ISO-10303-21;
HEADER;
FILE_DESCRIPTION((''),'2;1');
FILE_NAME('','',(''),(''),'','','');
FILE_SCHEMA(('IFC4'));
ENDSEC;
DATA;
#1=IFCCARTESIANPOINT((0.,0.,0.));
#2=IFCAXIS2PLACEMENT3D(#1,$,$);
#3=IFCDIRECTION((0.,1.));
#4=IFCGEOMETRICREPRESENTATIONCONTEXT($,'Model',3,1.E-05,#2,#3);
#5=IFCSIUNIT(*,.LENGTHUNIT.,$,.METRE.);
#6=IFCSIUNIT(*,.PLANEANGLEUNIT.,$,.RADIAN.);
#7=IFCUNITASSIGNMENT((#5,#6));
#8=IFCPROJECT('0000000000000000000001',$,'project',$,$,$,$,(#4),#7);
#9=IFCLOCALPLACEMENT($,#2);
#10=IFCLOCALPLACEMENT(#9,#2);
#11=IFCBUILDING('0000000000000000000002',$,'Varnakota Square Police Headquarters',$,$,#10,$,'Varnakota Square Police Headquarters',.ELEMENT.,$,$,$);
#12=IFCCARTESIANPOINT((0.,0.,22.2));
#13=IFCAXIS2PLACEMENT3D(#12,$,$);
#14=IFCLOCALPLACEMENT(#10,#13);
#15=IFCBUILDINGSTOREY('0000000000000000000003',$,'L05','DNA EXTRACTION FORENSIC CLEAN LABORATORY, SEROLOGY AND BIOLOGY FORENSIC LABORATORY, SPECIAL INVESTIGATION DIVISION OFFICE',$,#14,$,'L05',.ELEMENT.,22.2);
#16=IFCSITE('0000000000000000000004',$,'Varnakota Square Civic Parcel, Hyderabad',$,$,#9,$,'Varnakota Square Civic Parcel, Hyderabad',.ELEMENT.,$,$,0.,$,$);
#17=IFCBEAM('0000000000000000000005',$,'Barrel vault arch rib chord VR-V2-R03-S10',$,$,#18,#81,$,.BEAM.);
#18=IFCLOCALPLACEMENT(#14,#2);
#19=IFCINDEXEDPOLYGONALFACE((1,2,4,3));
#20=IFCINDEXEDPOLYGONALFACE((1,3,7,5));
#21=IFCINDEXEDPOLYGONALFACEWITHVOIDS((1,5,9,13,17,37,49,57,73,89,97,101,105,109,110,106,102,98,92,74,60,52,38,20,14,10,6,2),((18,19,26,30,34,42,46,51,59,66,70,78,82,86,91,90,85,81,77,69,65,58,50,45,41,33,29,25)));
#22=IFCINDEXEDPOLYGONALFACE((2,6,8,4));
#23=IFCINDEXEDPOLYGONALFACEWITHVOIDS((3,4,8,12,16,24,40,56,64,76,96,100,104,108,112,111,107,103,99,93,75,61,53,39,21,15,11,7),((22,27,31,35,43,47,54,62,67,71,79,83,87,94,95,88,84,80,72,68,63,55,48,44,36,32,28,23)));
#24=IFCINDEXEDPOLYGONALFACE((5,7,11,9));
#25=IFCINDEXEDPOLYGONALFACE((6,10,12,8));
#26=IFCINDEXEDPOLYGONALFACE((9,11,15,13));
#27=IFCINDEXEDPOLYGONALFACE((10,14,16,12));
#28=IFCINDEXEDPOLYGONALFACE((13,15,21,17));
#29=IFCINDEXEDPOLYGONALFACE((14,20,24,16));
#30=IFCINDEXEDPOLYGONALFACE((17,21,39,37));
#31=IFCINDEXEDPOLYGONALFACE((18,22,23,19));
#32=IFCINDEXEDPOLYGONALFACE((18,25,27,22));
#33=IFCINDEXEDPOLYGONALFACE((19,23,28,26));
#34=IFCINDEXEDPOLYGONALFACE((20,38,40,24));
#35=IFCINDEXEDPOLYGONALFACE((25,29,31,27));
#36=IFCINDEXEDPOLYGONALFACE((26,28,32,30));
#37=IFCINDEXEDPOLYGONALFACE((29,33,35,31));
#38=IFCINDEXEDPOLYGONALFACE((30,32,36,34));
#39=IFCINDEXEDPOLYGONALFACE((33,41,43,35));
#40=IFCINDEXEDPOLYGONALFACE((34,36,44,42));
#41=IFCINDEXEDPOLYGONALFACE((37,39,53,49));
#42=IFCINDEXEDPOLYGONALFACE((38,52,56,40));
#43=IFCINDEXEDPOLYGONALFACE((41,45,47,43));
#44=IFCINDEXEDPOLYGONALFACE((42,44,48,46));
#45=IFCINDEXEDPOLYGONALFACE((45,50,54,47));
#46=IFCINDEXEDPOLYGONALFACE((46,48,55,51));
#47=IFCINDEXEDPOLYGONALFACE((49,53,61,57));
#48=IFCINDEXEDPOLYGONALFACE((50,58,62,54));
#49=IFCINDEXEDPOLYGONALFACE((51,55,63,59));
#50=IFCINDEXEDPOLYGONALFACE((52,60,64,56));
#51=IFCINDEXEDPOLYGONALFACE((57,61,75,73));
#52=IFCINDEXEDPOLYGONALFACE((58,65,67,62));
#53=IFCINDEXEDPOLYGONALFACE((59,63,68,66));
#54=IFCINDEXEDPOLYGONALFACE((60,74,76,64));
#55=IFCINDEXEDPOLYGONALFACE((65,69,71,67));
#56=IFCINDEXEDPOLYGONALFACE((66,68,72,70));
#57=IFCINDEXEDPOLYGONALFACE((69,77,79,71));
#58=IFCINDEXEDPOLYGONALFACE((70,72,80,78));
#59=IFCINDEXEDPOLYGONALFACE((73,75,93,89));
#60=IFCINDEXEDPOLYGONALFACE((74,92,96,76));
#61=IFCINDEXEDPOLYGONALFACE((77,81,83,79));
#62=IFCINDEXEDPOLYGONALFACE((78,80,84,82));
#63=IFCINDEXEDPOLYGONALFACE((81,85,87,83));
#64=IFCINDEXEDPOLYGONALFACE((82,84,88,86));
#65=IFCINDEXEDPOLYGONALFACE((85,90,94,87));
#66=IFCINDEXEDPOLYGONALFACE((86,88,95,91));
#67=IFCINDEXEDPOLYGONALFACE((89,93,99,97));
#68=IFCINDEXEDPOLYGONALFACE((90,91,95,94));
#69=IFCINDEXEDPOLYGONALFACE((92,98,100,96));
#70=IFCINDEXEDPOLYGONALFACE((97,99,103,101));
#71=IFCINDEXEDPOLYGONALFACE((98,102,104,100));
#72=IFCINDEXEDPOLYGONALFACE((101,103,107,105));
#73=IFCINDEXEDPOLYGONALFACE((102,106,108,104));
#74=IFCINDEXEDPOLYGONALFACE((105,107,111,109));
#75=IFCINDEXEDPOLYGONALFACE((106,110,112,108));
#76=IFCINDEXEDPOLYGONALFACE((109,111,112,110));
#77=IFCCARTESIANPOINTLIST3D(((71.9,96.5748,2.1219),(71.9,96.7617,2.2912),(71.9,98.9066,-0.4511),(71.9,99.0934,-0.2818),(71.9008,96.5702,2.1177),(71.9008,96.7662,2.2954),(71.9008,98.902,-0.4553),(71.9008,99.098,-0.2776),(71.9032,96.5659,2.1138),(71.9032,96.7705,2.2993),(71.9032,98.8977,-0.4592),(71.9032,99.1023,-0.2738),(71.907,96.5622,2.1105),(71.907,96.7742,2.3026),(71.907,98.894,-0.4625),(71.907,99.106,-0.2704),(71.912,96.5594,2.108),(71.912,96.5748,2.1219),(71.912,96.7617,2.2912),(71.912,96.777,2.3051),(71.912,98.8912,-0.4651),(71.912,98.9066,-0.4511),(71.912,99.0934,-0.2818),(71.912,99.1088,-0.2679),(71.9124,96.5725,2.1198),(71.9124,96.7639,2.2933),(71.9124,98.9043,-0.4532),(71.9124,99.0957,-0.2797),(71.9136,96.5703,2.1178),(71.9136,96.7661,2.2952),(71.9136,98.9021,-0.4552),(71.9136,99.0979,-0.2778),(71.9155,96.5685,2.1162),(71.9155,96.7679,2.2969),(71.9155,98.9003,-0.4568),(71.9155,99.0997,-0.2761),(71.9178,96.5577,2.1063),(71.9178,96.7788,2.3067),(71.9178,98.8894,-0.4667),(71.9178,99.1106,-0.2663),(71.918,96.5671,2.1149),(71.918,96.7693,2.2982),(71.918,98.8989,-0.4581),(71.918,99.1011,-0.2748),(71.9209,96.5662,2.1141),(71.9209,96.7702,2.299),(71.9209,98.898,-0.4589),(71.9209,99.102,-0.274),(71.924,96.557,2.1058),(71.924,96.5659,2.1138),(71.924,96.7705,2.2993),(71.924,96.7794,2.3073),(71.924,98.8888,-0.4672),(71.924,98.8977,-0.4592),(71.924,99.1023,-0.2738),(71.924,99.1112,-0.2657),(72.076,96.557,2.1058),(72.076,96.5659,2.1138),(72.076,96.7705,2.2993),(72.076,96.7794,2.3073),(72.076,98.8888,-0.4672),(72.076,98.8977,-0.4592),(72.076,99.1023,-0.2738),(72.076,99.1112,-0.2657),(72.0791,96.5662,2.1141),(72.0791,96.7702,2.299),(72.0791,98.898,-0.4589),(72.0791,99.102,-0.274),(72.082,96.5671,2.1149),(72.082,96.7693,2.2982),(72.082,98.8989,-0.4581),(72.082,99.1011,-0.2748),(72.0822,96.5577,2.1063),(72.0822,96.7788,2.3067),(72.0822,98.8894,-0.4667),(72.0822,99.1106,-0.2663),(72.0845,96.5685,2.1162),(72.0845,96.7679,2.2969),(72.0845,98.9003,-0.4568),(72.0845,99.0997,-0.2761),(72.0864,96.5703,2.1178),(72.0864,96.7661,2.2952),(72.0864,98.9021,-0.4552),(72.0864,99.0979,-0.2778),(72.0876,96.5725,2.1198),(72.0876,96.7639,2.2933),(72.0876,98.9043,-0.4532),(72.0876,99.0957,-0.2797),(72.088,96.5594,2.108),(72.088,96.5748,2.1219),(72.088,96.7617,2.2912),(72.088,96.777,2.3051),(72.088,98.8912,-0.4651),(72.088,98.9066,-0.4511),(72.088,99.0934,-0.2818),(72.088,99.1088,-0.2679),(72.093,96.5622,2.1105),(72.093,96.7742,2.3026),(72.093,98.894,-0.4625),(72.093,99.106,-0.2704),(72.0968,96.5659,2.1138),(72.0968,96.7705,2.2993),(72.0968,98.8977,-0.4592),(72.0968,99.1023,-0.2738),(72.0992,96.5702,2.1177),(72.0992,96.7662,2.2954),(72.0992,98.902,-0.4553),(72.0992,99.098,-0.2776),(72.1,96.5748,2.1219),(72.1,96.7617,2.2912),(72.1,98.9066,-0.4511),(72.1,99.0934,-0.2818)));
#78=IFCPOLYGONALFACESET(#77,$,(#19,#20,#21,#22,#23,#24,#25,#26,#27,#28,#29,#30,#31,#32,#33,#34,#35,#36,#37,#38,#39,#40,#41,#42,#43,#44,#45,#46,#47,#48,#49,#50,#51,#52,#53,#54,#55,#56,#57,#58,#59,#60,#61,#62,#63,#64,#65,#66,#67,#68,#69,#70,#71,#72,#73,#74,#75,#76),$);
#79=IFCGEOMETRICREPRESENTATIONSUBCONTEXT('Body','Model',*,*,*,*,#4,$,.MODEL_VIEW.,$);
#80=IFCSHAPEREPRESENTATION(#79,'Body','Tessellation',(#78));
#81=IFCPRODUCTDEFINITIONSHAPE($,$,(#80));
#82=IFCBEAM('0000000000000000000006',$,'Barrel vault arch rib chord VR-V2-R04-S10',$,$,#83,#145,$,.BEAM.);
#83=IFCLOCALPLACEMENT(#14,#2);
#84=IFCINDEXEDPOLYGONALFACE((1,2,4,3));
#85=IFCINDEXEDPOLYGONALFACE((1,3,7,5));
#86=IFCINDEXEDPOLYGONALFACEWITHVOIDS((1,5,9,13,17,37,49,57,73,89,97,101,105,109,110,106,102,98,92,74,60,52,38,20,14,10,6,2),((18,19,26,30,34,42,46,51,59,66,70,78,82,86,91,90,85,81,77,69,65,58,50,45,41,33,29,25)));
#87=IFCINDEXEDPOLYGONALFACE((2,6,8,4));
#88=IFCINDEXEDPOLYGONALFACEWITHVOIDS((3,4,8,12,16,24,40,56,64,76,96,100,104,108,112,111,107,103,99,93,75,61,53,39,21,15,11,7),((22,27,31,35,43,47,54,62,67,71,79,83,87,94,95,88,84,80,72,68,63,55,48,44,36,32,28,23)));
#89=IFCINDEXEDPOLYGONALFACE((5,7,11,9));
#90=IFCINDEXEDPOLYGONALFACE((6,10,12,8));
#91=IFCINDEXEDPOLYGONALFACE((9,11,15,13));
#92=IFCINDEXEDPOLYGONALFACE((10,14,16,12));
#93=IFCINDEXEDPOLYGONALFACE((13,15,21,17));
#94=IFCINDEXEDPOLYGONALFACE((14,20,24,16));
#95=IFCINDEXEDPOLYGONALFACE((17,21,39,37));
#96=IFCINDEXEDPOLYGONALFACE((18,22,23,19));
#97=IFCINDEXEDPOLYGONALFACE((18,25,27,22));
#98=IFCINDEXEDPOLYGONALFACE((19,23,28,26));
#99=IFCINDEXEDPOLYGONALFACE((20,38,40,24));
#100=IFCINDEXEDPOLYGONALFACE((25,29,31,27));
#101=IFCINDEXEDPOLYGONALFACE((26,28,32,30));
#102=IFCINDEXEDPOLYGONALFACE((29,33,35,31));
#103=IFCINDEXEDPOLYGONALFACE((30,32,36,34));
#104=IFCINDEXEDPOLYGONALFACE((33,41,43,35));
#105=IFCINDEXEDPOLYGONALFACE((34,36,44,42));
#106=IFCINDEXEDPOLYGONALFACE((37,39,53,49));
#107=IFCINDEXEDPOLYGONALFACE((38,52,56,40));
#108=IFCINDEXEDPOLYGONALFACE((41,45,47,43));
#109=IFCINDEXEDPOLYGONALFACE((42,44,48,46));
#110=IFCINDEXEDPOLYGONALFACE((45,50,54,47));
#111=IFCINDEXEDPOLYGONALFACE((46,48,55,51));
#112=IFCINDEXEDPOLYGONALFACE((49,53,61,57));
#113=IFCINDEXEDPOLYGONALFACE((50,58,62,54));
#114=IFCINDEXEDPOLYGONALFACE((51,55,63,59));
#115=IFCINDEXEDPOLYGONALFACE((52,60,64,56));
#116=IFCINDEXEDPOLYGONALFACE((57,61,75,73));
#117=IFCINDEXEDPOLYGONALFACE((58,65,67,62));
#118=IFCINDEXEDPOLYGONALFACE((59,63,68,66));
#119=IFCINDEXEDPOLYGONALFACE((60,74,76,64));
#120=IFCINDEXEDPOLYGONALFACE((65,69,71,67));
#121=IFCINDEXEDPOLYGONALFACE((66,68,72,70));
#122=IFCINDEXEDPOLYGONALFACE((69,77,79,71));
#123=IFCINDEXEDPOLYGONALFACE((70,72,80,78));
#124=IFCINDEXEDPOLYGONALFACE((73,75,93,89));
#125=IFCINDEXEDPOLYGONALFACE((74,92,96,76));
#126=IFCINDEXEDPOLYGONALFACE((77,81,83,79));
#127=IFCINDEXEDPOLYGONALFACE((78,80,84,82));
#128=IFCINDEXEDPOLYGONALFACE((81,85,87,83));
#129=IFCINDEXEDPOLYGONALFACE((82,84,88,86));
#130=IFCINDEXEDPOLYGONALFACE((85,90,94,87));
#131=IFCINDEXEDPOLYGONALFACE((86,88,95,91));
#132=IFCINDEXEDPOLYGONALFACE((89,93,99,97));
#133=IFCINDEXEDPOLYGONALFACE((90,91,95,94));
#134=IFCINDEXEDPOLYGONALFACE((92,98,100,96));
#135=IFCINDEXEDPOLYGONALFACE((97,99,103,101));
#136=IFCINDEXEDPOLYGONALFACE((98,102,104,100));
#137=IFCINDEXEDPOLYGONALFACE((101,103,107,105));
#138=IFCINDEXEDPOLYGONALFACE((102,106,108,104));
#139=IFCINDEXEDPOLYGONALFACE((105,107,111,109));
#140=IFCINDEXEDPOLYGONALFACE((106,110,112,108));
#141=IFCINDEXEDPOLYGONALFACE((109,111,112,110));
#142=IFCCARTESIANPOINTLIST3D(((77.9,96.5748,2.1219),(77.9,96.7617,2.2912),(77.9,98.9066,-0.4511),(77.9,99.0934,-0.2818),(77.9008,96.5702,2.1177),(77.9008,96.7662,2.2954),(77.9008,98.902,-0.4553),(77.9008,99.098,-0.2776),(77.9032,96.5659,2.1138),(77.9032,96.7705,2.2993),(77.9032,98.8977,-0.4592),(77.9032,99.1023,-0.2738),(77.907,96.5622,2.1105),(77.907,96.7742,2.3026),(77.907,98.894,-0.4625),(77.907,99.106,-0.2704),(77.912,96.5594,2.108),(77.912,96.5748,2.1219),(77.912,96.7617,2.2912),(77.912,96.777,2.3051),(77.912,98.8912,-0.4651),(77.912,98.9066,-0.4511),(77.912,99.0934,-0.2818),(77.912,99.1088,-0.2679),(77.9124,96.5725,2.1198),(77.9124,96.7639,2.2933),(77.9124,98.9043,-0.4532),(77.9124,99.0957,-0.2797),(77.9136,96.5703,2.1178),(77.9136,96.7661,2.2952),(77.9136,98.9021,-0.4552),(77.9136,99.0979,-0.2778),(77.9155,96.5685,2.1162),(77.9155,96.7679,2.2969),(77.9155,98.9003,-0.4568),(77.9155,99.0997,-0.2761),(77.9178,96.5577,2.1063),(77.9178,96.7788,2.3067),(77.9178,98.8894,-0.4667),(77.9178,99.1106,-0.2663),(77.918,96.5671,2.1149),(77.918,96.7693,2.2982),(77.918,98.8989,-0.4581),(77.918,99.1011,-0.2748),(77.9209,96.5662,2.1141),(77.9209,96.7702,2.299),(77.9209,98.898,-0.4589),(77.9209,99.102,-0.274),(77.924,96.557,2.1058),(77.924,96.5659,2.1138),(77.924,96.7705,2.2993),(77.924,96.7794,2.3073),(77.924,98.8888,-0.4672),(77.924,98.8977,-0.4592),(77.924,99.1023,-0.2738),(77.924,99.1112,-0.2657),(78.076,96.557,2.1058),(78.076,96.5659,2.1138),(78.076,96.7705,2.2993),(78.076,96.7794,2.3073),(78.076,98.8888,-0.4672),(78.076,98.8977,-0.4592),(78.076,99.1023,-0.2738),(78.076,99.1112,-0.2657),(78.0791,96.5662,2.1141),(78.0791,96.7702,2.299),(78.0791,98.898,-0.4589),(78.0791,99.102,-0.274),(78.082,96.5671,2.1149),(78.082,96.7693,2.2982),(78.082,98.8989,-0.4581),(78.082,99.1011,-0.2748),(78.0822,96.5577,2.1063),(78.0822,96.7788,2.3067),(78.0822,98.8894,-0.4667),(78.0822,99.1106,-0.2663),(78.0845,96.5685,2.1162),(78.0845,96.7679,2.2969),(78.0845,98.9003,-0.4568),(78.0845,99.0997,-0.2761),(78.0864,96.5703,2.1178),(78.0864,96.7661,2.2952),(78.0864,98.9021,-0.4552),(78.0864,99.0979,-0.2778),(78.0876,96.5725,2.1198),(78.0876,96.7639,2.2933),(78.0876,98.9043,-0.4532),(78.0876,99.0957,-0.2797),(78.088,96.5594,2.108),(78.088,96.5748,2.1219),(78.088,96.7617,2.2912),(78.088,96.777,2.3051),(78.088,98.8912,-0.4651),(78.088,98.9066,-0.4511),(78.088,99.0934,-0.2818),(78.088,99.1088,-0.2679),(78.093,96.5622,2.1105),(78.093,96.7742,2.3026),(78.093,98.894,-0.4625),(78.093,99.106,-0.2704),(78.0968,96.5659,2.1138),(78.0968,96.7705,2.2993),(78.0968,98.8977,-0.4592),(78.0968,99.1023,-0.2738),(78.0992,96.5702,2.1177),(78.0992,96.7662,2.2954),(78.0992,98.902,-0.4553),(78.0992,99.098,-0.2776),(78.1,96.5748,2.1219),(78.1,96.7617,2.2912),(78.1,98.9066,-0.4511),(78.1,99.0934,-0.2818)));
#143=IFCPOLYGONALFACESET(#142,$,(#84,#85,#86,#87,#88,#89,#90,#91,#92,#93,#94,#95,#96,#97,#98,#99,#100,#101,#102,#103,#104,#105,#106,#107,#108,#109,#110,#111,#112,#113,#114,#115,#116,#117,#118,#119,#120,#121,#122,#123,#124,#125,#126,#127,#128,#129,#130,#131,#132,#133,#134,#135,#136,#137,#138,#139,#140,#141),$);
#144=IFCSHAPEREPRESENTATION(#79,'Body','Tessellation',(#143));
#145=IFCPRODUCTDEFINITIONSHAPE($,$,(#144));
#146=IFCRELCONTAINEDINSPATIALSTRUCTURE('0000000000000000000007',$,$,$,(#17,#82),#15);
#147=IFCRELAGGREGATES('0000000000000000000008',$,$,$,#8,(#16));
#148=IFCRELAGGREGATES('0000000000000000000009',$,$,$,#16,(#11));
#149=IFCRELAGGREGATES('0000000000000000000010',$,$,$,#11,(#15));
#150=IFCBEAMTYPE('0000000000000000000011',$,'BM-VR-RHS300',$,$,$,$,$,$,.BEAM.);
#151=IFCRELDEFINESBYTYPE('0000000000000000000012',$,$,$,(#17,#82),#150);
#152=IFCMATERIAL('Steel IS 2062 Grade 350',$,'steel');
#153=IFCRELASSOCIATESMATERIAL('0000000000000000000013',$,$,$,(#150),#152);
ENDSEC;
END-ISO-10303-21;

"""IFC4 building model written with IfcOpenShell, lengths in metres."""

from ifc_helpers import new_model, si_unit, direction, frame, origin, origin_2d, place, context, subcontext, project, spatial, hollow_rectangle, extrude, material, material_profile, profile_set, type_object, element, save


model = new_model("IFC4")

# Units and contexts
model_context = context("Model", 3, precision=1e-05, world=origin(), true_north=direction((0.0, 1.0)))
body_context = subcontext(model_context, "Body", "Model", "MODEL_VIEW")
ifc_project = project(units=[si_unit("LENGTHUNIT", "METRE"), si_unit("PLANEANGLEUNIT", "RADIAN")], contexts=[model_context])

# Site, building, storey
site_placement = place(None, origin())
site = spatial("IfcSite", under=ifc_project, at=site_placement, Name="Varnakota Square Civic Parcel, Hyderabad", LongName="Varnakota Square Civic Parcel, Hyderabad", CompositionType="ELEMENT", RefElevation=0.0)
building_placement = place(site_placement, origin())
building = spatial("IfcBuilding", under=site, at=building_placement, Name="Varnakota Square Police Headquarters", LongName="Varnakota Square Police Headquarters", CompositionType="ELEMENT")
storey_placement = place(building_placement, frame((0.0, 0.0, 22.2)))
storey = spatial("IfcBuildingStorey", under=building, at=storey_placement, Name="L05", Description="DNA EXTRACTION FORENSIC CLEAN LABORATORY, SEROLOGY AND BIOLOGY FORENSIC LABORATORY, SPECIAL INVESTIGATION DIVISION OFFICE", LongName="L05", CompositionType="ELEMENT", Elevation=22.2)

# Beams
ifc_material_1 = material(Name="Steel IS 2062 Grade 350", Category="steel")
ifc_material_profile_1 = material_profile(ifc_material_1, hollow_rectangle(XDim=0.2, YDim=0.3, WallThickness=0.012, InnerFilletRadius=0.012, OuterFilletRadius=0.0239, at=origin_2d()), Name="RHS 300x200x12")
ifc_profile_set_1 = profile_set([ifc_material_profile_1], Name="Steel IS 2062 Grade 350")
beam_type_1 = type_object("IfcBeamType", Name="BM-VR-RHS300", PredefinedType="BEAM", material=ifc_profile_set_1)
for number, where, z_axis, x_axis, name in (
    (1, (72.0, 96.6682, 2.2065), (0.0, 0.671521, -0.740986), (-1.0, 0.0, 0.0), "Barrel vault arch rib chord VR-V2-R03-S10"),
    (2, (78.0, 96.6682, 2.2065), (0.0, 0.671521, -0.740986), (-1.0, 0.0, 0.0), "Barrel vault arch rib chord VR-V2-R04-S10"),
):
    element("IfcBeam", number, at=place(storey_placement, frame(where, z_axis=z_axis, x_axis=x_axis)), inside=storey, type_object=beam_type_1, Name=name, PredefinedType="BEAM", context=body_context, shape_type="SweptSolid", body=[
        extrude(hollow_rectangle(XDim=0.2, YDim=0.3, WallThickness=0.012, InnerFilletRadius=0.012, OuterFilletRadius=0.0239, at=origin_2d()), origin(), (0.0, 0.0, 1.0), 3.4724),
    ])

save(model, "model.ifc")
